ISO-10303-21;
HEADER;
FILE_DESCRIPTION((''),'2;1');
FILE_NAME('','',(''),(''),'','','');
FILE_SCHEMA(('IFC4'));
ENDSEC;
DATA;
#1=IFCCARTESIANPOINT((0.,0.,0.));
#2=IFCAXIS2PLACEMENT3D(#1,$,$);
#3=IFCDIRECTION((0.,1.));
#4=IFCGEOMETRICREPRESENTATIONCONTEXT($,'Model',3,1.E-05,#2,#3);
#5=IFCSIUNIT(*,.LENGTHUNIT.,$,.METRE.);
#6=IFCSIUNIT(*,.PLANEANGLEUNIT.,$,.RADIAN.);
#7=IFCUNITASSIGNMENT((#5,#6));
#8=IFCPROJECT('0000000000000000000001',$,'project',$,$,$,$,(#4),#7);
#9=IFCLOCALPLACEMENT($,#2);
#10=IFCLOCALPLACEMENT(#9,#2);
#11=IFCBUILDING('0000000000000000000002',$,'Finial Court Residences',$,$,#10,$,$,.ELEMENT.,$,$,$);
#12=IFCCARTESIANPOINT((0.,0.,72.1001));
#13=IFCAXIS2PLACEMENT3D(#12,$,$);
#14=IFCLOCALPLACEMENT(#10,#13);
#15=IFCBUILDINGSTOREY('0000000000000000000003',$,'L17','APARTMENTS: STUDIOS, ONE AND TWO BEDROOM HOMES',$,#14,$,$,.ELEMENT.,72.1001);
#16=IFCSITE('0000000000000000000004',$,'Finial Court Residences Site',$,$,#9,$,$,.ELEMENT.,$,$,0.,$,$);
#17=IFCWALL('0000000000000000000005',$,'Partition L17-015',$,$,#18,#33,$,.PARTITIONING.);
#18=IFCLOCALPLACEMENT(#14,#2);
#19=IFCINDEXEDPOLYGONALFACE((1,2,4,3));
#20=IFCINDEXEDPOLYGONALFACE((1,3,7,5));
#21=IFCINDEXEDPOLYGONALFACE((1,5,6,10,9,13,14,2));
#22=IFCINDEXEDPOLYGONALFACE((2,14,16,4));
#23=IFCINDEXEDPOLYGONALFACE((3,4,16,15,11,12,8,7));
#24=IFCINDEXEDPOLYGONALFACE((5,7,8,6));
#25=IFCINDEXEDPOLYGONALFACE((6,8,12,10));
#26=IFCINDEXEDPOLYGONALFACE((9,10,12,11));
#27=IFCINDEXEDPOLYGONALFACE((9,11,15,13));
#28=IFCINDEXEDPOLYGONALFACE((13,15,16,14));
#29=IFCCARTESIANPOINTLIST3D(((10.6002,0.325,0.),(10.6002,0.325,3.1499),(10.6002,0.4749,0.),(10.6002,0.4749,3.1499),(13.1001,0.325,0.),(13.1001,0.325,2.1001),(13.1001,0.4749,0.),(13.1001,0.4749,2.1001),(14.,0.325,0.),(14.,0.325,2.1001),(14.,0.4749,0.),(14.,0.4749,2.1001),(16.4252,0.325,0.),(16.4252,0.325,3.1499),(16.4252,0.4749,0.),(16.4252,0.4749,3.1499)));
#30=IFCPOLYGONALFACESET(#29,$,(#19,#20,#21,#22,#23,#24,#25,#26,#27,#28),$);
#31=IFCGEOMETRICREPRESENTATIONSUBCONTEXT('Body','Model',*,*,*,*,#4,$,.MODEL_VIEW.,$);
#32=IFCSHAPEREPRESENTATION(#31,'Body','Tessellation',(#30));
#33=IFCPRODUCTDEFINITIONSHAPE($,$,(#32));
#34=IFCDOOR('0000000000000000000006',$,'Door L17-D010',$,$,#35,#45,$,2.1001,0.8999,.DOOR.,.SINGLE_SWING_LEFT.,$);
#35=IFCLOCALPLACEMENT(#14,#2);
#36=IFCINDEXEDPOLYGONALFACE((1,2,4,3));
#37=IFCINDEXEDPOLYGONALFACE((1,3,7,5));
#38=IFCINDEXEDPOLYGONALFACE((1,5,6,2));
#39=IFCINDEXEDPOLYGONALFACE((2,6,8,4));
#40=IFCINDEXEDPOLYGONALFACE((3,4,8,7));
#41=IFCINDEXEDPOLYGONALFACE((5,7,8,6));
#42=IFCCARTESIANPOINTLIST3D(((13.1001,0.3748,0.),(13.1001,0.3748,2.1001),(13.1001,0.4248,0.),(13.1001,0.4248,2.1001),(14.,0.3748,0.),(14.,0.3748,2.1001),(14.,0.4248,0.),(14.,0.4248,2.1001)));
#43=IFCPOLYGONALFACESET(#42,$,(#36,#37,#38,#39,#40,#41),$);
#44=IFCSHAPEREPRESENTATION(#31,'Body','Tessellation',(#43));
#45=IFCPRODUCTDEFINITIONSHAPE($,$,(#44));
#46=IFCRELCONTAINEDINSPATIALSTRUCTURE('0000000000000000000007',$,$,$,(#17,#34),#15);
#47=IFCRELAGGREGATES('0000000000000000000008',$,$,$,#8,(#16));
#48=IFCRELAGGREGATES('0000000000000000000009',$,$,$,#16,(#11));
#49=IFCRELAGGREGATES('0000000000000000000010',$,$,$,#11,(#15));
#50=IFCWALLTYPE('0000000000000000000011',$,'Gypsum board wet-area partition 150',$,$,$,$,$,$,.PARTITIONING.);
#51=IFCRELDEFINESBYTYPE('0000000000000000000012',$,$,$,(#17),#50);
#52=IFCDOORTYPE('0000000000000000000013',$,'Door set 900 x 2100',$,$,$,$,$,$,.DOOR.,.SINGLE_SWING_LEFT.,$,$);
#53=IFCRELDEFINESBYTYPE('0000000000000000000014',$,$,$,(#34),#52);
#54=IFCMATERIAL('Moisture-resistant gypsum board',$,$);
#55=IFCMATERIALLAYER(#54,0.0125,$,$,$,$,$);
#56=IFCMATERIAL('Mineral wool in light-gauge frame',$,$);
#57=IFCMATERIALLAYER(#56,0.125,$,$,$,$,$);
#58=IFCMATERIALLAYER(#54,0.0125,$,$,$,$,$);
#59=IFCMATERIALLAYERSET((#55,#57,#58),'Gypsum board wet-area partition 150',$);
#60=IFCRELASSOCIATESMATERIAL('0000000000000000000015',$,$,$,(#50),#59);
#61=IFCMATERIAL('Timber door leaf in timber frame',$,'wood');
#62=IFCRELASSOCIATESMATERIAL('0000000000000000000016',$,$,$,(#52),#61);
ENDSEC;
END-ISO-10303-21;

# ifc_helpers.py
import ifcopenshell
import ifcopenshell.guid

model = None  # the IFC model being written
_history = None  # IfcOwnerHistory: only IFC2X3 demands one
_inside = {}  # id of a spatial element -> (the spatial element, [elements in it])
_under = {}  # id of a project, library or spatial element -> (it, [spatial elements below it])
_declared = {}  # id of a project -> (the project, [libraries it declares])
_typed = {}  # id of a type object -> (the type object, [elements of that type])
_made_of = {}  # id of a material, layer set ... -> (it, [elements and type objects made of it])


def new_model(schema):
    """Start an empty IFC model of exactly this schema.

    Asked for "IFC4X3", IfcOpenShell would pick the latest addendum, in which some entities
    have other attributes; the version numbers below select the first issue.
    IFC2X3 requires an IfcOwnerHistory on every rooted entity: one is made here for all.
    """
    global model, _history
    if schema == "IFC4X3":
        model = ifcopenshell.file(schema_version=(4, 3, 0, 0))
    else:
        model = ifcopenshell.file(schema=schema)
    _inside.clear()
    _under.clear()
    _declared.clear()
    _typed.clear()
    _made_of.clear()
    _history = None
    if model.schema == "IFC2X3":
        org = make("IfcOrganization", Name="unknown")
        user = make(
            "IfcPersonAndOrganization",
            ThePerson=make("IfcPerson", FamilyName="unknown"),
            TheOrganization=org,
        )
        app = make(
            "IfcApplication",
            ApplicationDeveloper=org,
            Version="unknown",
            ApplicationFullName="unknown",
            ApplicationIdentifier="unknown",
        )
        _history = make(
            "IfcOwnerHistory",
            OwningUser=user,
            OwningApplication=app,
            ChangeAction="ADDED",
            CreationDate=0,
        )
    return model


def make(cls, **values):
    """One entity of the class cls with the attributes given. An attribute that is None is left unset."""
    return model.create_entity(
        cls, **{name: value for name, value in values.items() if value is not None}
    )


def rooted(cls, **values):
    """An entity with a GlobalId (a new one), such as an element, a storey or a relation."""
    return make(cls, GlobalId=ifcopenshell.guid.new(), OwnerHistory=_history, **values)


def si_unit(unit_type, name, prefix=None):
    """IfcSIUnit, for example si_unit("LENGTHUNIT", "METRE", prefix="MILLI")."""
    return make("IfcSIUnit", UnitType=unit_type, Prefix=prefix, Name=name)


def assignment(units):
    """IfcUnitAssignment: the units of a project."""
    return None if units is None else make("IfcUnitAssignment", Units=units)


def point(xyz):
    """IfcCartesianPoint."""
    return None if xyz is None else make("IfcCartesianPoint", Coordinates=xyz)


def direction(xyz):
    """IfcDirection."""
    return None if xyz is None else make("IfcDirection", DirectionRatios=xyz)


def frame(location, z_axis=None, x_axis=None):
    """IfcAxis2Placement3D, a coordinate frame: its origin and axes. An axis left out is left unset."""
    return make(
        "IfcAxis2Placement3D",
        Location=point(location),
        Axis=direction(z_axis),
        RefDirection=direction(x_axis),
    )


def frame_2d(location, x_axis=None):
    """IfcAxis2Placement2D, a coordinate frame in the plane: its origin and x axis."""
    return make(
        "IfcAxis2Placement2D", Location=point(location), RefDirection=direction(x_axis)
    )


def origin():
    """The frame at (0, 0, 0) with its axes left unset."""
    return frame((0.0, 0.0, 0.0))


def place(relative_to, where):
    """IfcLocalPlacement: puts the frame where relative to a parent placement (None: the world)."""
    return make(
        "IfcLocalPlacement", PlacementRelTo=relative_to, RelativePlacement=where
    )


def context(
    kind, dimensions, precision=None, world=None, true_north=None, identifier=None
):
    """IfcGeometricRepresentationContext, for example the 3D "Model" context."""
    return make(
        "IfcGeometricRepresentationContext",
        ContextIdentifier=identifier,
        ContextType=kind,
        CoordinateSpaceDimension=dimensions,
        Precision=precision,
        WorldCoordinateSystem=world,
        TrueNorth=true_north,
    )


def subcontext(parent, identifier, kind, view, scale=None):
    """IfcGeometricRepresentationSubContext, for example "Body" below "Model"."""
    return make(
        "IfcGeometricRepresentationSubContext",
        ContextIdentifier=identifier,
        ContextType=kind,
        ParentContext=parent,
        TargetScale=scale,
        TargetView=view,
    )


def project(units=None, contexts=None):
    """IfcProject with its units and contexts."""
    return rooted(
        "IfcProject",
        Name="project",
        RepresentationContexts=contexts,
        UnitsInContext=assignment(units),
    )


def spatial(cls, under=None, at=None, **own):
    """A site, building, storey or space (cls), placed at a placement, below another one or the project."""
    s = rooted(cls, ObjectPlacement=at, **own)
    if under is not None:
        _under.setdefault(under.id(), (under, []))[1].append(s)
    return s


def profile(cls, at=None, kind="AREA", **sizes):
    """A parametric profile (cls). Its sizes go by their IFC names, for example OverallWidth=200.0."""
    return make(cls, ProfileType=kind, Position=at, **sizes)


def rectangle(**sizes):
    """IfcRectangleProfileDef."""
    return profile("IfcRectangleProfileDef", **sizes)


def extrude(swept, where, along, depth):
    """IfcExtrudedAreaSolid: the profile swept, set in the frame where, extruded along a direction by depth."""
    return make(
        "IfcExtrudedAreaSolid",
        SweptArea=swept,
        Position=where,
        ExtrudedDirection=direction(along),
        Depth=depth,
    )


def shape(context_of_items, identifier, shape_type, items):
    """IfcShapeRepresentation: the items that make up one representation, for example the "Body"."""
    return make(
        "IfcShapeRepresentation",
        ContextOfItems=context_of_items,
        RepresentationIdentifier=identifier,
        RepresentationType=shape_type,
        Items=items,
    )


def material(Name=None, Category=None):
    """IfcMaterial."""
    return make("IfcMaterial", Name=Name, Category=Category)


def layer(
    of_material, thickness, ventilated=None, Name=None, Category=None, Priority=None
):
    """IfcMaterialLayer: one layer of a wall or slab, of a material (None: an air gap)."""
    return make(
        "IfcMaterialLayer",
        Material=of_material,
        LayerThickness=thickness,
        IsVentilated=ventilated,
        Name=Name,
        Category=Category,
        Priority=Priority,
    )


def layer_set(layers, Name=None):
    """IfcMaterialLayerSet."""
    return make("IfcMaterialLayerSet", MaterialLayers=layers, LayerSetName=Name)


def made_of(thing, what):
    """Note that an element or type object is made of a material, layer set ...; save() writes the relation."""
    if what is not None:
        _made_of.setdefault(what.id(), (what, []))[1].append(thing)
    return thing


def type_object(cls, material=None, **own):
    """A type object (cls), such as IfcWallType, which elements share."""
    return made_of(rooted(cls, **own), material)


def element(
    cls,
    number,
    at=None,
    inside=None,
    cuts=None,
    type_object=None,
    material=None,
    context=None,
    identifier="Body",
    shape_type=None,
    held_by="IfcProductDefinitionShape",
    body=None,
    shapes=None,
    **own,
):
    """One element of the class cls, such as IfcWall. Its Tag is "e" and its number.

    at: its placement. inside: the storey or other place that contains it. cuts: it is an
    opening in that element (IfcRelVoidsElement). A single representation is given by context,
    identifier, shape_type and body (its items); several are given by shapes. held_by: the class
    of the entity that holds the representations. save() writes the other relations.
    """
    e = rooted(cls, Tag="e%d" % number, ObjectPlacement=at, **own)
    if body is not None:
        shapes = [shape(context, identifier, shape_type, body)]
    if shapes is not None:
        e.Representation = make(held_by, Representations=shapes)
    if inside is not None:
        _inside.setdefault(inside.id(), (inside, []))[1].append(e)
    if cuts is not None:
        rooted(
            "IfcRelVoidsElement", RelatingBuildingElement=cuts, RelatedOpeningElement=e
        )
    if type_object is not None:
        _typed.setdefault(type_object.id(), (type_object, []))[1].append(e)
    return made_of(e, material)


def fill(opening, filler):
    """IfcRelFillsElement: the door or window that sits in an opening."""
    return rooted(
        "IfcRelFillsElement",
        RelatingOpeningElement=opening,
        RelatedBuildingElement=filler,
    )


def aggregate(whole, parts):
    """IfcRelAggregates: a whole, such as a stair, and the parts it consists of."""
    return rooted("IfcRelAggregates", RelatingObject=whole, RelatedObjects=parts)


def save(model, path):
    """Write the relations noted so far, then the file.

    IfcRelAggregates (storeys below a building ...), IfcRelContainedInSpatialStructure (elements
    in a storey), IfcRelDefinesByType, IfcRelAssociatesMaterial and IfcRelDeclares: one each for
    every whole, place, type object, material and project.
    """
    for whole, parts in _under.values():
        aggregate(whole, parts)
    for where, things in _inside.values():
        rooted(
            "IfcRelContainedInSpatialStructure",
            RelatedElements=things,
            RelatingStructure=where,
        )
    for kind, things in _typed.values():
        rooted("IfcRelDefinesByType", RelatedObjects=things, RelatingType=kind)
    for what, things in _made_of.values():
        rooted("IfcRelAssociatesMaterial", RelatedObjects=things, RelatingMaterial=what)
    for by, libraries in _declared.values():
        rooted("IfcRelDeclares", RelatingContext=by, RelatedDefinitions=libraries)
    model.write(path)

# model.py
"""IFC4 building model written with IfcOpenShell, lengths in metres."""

from ifc_helpers import new_model, si_unit, direction, frame, frame_2d, origin, place, context, subcontext, project, spatial, rectangle, extrude, material, layer, layer_set, type_object, element, fill, save


model = new_model("IFC4")

# Units and contexts
model_context = context("Model", 3, precision=1e-05, world=origin(), true_north=direction((0.0, 1.0)))
body_context = subcontext(model_context, "Body", "Model", "MODEL_VIEW")
ifc_project = project(units=[si_unit("LENGTHUNIT", "METRE"), si_unit("PLANEANGLEUNIT", "RADIAN")], contexts=[model_context])

# Site, building, storey
site_placement = place(None, origin())
site = spatial("IfcSite", under=ifc_project, at=site_placement, Name="Finial Court Residences Site", CompositionType="ELEMENT", RefElevation=0.0)
building_placement = place(site_placement, origin())
building = spatial("IfcBuilding", under=site, at=building_placement, Name="Finial Court Residences", CompositionType="ELEMENT")
storey_placement = place(building_placement, frame((0.0, 0.0, 72.1001)))
storey = spatial("IfcBuildingStorey", under=building, at=storey_placement, Name="L17", Description="APARTMENTS: STUDIOS, ONE AND TWO BEDROOM HOMES", CompositionType="ELEMENT", Elevation=72.1001)

# Wall, opening, door
ifc_material_1 = material(Name="Moisture-resistant gypsum board")
ifc_layer_1 = layer(ifc_material_1, 0.0125)
ifc_material_2 = material(Name="Mineral wool in light-gauge frame")
ifc_layer_2 = layer(ifc_material_2, 0.125)
ifc_layer_3 = layer(ifc_material_1, 0.0125)
ifc_layer_set_1 = layer_set([ifc_layer_1, ifc_layer_2, ifc_layer_3], Name="Gypsum board wet-area partition 150")
wall_type_1 = type_object("IfcWallType", Name="Gypsum board wet-area partition 150", PredefinedType="PARTITIONING", material=ifc_layer_set_1)
ifc_material_3 = material(Name="Timber door leaf in timber frame", Category="wood")
door_type_1 = type_object("IfcDoorType", Name="Door set 900 x 2100", OperationType="SINGLE_SWING_LEFT", PredefinedType="DOOR", material=ifc_material_3)
wall_1_placement = place(storey_placement, frame((10.6001, 0.3999, 0.0), z_axis=(0.0, 0.0, 1.0), x_axis=(1.0, 0.0, 0.0)))
wall_1 = element("IfcWall", 1, at=wall_1_placement, inside=storey, type_object=wall_type_1, Name="Partition L17-015", PredefinedType="PARTITIONING", context=body_context, shape_type="SweptSolid", body=[
    extrude(rectangle(XDim=5.825, YDim=0.1499, at=frame_2d((2.9126, 0.0))), origin(), (0.0, 0.0, 1.0), 3.1499),
])
opening_1_placement = place(wall_1_placement, frame((2.5, 0.0, 0.0)))
opening_1 = element("IfcOpeningElement", 2, at=opening_1_placement, cuts=wall_1, PredefinedType="OPENING", context=body_context, shape_type="SweptSolid", body=[
    extrude(rectangle(XDim=0.8999, YDim=2.1001, at=frame_2d((0.45, 1.05))), frame((0.0, 0.085, 0.0), z_axis=(0.0, -1.0, 0.0), x_axis=(1.0, 0.0, 0.0)), (0.0, 0.0, 1.0), 0.1699),
])
door_1_placement = place(opening_1_placement, origin())
door_1 = element("IfcDoor", 3, at=door_1_placement, inside=storey, type_object=door_type_1, Name="Door L17-D010", OperationType="SINGLE_SWING_LEFT", OverallHeight=2.1001, OverallWidth=0.8999, PredefinedType="DOOR", context=body_context, shape_type="SweptSolid", body=[
    extrude(rectangle(XDim=0.8999, YDim=2.1001, at=frame_2d((0.45, 1.05))), frame((0.0, 0.0249, 0.0), z_axis=(0.0, -1.0, 0.0), x_axis=(1.0, 0.0, 0.0)), (0.0, 0.0, 1.0), 0.05),
])
fill(opening_1, door_1)

save(model, "model.ifc")
